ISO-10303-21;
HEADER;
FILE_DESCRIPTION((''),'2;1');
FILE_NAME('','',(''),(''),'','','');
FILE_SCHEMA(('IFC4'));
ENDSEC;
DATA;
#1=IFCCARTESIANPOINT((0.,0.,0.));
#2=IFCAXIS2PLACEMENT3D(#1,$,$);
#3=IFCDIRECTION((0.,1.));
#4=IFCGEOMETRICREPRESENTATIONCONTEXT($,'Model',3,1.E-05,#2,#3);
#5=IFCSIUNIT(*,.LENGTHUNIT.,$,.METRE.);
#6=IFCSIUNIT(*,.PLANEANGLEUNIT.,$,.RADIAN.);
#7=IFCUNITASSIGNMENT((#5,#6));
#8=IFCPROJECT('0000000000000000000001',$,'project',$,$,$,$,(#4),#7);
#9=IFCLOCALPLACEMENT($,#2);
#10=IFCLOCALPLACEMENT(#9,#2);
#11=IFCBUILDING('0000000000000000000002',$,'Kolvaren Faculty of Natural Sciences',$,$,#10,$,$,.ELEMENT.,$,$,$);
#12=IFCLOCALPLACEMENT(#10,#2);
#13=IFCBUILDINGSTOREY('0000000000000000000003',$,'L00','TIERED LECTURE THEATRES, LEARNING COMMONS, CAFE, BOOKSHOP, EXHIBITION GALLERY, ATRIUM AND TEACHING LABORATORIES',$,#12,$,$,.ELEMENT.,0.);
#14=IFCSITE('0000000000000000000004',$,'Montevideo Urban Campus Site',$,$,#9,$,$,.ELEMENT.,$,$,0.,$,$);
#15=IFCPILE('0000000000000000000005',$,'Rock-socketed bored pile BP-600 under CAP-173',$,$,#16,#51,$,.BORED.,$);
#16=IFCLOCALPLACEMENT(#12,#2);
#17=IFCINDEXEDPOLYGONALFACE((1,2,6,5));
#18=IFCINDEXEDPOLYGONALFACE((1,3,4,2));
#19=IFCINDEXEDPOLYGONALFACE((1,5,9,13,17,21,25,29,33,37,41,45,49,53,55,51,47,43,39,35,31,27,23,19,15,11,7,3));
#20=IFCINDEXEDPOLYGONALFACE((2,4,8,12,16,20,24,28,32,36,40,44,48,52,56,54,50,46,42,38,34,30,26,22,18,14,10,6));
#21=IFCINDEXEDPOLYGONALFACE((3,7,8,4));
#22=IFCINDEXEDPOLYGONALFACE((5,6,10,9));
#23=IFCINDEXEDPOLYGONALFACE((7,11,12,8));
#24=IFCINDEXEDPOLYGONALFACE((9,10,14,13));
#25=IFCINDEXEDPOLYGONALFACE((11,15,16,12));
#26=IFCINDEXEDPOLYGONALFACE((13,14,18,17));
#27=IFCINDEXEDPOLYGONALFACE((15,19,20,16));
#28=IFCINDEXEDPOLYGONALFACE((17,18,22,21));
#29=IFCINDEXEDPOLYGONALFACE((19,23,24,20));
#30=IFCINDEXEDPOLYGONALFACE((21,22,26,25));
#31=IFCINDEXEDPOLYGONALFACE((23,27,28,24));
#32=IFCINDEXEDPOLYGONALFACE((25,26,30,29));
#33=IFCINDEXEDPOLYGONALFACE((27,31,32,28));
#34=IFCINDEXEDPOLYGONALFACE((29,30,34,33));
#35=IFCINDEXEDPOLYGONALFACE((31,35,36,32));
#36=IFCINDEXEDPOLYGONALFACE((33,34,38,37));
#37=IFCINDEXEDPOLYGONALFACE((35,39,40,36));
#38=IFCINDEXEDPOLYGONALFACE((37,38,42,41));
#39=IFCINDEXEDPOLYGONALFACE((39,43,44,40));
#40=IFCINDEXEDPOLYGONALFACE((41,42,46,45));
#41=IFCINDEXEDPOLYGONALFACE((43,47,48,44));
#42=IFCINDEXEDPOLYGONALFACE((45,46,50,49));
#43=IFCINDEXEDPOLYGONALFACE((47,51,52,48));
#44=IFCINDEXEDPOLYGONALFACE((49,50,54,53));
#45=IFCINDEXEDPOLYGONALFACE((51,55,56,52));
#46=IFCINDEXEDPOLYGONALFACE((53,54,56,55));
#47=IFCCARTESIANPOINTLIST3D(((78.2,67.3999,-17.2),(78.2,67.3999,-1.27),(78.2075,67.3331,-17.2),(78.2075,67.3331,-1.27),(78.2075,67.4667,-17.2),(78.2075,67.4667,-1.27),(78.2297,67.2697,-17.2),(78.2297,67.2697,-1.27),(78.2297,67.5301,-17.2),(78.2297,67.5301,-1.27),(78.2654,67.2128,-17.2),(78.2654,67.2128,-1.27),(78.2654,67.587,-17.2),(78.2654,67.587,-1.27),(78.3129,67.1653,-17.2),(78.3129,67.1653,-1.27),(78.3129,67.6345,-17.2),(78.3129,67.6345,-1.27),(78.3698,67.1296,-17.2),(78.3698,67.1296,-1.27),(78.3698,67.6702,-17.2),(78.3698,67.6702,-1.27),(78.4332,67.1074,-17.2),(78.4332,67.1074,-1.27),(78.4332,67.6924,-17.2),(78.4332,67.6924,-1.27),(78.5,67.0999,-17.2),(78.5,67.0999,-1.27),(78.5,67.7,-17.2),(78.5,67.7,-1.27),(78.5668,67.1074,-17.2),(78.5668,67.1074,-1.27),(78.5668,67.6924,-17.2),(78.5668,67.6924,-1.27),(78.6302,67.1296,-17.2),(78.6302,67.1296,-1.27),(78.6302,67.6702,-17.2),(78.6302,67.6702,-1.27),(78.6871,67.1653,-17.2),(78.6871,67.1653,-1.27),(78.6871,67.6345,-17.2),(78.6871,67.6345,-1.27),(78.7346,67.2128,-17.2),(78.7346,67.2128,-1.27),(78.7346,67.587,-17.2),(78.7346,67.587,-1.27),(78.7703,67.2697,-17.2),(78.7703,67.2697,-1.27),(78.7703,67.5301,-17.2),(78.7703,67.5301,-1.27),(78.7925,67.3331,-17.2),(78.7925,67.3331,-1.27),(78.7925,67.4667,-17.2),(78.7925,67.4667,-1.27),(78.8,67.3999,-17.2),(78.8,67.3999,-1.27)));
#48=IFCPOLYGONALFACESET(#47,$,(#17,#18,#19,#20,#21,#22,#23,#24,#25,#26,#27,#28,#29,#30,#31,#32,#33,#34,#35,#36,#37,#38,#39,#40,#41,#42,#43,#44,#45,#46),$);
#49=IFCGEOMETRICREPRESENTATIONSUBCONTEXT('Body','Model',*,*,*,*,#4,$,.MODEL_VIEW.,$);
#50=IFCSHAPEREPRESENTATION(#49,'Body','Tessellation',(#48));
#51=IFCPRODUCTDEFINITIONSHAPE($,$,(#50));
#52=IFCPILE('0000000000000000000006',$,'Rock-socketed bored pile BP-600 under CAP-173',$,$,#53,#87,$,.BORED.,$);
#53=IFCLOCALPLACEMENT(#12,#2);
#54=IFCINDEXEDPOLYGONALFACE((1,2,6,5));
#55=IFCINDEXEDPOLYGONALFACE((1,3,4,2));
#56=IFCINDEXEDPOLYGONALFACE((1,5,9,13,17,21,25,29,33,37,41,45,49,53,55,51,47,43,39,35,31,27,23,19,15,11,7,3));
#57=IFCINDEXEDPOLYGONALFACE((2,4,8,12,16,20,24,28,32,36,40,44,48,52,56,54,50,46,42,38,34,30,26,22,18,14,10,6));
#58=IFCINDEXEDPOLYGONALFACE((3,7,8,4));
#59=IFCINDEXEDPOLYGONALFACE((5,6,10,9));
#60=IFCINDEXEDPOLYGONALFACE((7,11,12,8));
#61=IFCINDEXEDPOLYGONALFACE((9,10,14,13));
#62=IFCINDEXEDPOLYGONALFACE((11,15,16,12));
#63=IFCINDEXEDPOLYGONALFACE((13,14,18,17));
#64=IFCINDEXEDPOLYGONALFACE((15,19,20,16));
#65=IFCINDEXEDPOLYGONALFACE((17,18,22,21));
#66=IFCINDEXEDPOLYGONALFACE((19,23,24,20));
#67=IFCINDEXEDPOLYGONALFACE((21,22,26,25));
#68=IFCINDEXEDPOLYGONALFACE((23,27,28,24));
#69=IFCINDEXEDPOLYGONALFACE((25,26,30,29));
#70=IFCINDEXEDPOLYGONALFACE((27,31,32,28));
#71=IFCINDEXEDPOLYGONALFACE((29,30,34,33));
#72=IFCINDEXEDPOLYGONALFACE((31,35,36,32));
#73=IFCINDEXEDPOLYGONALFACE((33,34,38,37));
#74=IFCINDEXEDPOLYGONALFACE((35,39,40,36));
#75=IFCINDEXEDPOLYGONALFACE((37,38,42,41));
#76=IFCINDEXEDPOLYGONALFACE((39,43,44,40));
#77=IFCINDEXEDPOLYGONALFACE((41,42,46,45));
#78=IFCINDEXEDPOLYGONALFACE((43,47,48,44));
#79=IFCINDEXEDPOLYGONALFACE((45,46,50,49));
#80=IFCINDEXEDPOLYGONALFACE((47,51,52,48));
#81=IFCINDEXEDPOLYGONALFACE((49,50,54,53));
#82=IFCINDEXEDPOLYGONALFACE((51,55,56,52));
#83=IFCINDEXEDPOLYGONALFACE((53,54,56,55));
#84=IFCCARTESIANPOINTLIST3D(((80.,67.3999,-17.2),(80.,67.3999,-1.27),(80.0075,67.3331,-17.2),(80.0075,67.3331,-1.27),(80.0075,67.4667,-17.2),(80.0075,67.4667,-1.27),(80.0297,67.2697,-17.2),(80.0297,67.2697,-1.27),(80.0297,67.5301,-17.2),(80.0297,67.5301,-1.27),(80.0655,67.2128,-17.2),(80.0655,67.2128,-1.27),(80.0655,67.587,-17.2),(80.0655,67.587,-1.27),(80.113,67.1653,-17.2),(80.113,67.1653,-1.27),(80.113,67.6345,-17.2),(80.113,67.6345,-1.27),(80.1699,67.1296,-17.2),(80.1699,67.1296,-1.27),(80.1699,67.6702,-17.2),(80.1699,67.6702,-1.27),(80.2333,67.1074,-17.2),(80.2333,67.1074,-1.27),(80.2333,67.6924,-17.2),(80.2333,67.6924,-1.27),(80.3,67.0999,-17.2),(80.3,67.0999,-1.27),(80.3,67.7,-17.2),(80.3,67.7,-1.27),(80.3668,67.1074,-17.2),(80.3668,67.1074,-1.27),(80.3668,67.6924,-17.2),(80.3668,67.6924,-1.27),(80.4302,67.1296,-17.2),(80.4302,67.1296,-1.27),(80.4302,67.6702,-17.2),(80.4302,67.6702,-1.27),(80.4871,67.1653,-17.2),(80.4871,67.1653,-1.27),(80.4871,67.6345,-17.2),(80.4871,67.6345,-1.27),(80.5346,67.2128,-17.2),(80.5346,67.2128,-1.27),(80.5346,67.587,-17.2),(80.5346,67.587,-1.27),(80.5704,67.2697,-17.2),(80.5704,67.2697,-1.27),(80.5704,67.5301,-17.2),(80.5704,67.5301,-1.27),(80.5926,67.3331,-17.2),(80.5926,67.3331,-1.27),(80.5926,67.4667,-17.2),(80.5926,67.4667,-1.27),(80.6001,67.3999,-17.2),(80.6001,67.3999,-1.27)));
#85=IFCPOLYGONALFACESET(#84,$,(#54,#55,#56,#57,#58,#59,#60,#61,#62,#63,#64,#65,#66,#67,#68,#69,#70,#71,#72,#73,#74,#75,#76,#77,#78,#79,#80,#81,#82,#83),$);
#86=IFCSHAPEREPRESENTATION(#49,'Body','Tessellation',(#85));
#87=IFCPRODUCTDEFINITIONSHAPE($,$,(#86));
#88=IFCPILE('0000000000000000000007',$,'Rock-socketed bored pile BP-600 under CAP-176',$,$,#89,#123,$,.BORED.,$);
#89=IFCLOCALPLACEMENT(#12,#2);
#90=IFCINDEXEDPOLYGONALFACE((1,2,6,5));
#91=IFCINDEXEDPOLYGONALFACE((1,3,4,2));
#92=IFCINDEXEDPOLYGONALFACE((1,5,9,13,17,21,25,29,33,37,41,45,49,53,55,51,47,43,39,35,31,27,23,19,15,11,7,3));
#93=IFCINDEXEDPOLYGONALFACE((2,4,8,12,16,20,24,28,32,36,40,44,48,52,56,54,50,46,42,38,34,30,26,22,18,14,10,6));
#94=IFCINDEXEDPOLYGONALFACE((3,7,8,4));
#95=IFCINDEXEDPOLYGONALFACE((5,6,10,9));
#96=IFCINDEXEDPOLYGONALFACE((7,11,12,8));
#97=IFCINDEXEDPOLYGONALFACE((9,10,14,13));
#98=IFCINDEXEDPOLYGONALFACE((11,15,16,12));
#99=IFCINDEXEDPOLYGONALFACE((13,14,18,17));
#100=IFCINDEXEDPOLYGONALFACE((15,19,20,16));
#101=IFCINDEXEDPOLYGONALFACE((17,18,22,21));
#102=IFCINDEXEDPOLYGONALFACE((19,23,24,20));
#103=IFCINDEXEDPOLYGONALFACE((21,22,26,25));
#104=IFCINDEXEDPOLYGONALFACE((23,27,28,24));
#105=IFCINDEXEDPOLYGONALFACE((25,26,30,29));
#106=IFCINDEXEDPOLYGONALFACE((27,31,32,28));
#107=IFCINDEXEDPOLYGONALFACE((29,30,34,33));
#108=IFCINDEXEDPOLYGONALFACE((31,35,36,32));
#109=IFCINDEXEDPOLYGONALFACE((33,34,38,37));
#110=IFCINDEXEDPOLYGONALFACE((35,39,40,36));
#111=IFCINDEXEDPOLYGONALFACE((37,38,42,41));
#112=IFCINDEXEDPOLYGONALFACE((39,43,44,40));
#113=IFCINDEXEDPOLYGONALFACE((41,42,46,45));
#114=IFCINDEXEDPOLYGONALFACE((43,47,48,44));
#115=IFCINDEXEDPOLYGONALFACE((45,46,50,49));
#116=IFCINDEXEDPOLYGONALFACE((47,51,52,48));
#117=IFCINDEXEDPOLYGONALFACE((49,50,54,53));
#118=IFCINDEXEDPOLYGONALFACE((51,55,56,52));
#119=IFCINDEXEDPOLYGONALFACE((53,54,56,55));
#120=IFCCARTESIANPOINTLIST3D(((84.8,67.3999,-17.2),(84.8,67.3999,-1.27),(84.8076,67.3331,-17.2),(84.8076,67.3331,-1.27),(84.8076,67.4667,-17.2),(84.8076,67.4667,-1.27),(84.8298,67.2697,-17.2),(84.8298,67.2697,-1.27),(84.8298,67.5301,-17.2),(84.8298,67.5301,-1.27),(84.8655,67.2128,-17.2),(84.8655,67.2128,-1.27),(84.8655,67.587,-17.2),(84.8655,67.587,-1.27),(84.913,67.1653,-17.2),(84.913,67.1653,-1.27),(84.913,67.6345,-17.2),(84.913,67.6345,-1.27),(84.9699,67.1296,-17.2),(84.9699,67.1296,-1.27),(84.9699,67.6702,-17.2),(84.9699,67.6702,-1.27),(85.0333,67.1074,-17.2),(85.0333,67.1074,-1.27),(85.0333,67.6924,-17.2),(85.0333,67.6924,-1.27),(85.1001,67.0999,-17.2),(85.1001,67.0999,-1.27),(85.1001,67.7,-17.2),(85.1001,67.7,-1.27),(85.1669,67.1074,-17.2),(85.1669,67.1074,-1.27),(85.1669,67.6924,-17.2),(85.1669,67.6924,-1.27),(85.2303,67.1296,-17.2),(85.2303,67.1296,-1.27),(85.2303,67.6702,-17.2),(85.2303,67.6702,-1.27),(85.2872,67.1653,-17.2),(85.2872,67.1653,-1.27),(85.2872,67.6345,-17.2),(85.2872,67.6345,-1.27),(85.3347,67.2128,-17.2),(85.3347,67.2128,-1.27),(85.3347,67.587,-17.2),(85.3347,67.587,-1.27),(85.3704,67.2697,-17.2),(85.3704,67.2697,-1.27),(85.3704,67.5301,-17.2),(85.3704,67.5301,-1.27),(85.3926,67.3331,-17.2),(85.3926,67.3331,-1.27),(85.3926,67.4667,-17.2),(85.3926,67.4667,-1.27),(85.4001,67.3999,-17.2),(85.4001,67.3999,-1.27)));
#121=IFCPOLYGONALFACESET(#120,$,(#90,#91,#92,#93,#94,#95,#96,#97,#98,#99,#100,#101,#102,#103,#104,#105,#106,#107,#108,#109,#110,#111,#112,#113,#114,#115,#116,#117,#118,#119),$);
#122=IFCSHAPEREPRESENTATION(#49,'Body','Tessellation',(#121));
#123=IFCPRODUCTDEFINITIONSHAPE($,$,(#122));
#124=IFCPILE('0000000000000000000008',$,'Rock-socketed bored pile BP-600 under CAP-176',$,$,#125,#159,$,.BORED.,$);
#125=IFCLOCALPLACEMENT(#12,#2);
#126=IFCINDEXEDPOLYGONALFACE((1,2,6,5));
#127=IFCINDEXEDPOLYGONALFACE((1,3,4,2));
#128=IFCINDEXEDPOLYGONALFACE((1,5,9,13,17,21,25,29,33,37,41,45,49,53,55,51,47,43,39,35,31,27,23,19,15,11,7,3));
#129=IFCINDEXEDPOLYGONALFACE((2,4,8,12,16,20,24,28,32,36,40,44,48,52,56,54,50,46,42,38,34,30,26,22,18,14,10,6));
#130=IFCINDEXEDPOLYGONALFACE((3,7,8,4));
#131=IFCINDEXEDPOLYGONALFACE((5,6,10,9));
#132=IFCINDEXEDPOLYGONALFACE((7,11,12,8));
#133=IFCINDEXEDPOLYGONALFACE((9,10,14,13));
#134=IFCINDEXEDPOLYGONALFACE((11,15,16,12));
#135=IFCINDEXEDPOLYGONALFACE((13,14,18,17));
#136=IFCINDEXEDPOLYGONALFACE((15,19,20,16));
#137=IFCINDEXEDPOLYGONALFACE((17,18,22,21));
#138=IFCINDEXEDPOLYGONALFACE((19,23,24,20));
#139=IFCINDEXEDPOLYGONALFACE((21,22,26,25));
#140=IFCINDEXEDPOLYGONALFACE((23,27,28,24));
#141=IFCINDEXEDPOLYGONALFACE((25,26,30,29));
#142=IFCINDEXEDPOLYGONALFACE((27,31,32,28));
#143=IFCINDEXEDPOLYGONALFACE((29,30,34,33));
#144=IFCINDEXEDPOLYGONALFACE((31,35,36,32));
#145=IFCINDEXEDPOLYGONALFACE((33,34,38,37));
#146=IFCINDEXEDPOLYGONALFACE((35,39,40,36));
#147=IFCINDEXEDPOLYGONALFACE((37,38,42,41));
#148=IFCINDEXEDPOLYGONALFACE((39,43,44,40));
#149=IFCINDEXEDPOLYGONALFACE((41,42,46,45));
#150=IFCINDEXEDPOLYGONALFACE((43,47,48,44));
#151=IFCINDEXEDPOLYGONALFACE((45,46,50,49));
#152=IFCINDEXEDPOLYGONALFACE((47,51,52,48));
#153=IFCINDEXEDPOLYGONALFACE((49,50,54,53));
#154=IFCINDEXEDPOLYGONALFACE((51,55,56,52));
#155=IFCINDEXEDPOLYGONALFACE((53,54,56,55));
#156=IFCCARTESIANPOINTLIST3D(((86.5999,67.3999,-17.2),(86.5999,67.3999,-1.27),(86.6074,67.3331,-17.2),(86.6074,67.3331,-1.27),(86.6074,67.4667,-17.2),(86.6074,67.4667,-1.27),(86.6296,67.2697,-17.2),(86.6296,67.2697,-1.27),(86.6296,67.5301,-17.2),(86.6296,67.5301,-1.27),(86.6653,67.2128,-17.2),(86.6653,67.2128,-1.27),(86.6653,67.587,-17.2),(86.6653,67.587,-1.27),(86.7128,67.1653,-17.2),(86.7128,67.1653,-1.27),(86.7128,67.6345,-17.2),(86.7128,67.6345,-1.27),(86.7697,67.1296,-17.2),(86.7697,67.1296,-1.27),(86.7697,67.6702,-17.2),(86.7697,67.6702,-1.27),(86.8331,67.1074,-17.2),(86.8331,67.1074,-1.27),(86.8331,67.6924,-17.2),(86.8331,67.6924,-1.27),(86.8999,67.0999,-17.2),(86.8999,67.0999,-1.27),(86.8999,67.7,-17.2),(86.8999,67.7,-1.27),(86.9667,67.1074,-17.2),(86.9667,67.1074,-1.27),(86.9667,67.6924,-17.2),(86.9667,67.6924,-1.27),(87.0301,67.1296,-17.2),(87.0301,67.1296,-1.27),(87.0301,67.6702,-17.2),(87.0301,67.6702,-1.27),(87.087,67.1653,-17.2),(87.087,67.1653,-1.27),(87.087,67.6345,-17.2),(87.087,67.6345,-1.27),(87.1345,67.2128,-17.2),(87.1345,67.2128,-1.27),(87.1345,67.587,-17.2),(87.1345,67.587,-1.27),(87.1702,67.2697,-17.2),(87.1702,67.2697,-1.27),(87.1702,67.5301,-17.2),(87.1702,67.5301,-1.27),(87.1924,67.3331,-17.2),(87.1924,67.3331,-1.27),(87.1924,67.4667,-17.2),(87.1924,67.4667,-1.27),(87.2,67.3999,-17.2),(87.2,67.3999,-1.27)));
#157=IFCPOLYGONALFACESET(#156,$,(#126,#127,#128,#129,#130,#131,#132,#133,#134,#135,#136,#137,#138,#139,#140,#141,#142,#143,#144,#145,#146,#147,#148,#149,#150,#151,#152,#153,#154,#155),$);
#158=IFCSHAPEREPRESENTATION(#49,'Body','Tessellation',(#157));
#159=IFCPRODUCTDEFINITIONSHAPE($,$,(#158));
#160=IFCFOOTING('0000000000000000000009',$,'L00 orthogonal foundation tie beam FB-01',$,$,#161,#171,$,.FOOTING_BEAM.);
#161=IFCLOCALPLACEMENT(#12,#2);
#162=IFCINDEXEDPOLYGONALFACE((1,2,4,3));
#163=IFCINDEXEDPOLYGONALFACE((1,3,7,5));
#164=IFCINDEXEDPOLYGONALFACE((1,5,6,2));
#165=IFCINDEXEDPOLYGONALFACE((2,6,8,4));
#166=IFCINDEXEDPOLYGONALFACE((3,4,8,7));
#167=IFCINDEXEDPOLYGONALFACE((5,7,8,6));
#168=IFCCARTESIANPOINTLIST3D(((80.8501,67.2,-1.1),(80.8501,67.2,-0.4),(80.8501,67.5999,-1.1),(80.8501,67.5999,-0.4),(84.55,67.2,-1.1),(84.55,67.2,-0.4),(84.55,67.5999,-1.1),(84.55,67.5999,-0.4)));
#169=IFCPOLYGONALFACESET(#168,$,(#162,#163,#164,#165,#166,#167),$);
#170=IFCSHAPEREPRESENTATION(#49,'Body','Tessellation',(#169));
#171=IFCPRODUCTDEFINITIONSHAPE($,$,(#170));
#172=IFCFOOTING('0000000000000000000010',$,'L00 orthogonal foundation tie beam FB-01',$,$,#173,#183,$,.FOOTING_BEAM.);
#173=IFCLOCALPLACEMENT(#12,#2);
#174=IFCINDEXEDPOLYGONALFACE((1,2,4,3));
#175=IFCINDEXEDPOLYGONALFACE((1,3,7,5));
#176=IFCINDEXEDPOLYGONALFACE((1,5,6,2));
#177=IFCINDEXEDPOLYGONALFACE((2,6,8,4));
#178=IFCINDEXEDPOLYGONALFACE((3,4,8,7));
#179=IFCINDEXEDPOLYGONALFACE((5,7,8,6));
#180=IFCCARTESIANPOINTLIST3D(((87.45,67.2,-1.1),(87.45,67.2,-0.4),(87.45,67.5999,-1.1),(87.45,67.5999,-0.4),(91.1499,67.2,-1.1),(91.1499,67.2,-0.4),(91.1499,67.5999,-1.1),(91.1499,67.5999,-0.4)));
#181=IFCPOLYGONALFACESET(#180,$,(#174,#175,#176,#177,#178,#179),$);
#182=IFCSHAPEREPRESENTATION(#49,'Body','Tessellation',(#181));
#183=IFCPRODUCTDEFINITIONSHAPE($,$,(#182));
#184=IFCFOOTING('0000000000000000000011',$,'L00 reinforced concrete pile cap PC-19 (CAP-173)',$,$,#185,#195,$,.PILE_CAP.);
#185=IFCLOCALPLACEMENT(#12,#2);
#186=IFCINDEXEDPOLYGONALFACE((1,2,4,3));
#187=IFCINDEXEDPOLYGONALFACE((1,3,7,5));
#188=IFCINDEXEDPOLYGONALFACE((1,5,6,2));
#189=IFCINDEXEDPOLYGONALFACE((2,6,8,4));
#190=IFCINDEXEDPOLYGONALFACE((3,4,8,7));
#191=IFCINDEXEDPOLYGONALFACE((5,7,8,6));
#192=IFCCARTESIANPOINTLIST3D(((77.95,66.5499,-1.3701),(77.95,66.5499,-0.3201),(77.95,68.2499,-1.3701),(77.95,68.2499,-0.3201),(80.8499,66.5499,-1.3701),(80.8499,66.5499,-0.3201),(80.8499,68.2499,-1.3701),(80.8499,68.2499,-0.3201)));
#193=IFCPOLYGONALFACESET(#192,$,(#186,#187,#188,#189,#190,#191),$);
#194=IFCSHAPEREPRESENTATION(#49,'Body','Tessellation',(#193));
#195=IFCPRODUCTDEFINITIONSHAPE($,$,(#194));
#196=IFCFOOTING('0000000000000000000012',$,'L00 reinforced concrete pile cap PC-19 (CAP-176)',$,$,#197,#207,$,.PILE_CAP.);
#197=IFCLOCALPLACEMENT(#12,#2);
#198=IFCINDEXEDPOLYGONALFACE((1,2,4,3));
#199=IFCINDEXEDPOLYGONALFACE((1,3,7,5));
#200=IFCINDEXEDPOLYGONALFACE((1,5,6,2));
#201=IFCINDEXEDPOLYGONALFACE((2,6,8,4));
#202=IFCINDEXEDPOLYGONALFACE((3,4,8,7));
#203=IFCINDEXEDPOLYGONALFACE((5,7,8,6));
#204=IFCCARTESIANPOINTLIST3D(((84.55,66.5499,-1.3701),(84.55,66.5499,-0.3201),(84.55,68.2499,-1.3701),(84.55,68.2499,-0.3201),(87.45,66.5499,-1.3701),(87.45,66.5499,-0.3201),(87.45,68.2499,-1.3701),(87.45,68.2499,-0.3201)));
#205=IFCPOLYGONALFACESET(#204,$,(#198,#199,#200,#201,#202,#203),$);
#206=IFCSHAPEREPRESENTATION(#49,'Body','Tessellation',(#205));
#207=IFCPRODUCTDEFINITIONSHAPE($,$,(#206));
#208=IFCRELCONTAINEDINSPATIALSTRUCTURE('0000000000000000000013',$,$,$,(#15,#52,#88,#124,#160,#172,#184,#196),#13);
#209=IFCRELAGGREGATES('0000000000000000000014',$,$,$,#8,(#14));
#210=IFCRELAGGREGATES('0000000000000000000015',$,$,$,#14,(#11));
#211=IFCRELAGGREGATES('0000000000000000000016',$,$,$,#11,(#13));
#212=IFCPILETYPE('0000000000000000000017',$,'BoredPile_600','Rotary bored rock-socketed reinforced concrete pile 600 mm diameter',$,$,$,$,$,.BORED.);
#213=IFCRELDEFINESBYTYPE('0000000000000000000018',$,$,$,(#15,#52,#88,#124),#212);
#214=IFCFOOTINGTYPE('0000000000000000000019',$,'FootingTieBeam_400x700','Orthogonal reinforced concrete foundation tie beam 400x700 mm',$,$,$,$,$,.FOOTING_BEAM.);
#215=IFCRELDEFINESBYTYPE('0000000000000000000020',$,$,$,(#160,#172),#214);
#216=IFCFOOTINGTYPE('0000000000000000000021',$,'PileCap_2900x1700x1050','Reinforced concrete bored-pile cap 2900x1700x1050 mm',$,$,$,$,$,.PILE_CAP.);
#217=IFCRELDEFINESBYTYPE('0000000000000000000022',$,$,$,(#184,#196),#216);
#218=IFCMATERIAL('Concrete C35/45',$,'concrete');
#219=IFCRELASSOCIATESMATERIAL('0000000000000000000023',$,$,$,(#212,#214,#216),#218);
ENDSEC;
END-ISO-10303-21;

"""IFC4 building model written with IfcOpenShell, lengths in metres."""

from ifc_helpers import new_model, si_unit, direction, frame, origin, origin_2d, place, context, subcontext, project, spatial, rectangle, circle, extrude, material, material_profile, profile_set, type_object, element, save


model = new_model("IFC4")

# Units and contexts
model_context = context("Model", 3, precision=1e-05, world=origin(), true_north=direction((0.0, 1.0)))
body_context = subcontext(model_context, "Body", "Model", "MODEL_VIEW")
ifc_project = project(units=[si_unit("LENGTHUNIT", "METRE"), si_unit("PLANEANGLEUNIT", "RADIAN")], contexts=[model_context])

# Site, building, storey
site_placement = place(None, origin())
site = spatial("IfcSite", under=ifc_project, at=site_placement, Name="Montevideo Urban Campus Site", CompositionType="ELEMENT", RefElevation=0.0)
building_placement = place(site_placement, origin())
building = spatial("IfcBuilding", under=site, at=building_placement, Name="Kolvaren Faculty of Natural Sciences", CompositionType="ELEMENT")
storey_placement = place(building_placement, origin())
storey = spatial("IfcBuildingStorey", under=building, at=storey_placement, Name="L00", Description="TIERED LECTURE THEATRES, LEARNING COMMONS, CAFE, BOOKSHOP, EXHIBITION GALLERY, ATRIUM AND TEACHING LABORATORIES", CompositionType="ELEMENT", Elevation=0.0)

# Piles
ifc_material_1 = material(Name="Concrete C35/45", Category="concrete")
ifc_material_profile_1 = material_profile(ifc_material_1, circle(Radius=0.3, at=origin_2d()), Name="PILE D600")
ifc_profile_set_1 = profile_set([ifc_material_profile_1], Name="Concrete C35/45")
pile_type_1 = type_object("IfcPileType", Name="BoredPile_600", Description="Rotary bored rock-socketed reinforced concrete pile 600 mm diameter", PredefinedType="BORED", material=ifc_profile_set_1)
for number, where, z_axis, x_axis, name in (
    (1, (78.5, 67.3999, -1.27), (0.0, 0.0, -1.0), (1.0, 0.0, 0.0), "Rock-socketed bored pile BP-600 under CAP-173"),
    (2, (80.3, 67.3999, -1.27), (0.0, 0.0, -1.0), (1.0, 0.0, 0.0), "Rock-socketed bored pile BP-600 under CAP-173"),
    (3, (85.1001, 67.3999, -1.27), (0.0, 0.0, -1.0), (1.0, 0.0, 0.0), "Rock-socketed bored pile BP-600 under CAP-176"),
    (4, (86.8999, 67.3999, -1.27), (0.0, 0.0, -1.0), (1.0, 0.0, 0.0), "Rock-socketed bored pile BP-600 under CAP-176"),
):
    element("IfcPile", number, at=place(storey_placement, frame(where, z_axis=z_axis, x_axis=x_axis)), inside=storey, type_object=pile_type_1, Name=name, PredefinedType="BORED", context=body_context, shape_type="SweptSolid", body=[
        extrude(circle(Radius=0.3, at=origin_2d()), origin(), (0.0, 0.0, 1.0), 15.9299),
    ])

# Footings
ifc_material_profile_2 = material_profile(ifc_material_1, rectangle(XDim=0.3999, YDim=0.7, at=origin_2d()), Name="RC FB 400x700")
ifc_profile_set_2 = profile_set([ifc_material_profile_2], Name="Concrete C35/45")
footing_type_1 = type_object("IfcFootingType", Name="FootingTieBeam_400x700", Description="Orthogonal reinforced concrete foundation tie beam 400x700 mm", PredefinedType="FOOTING_BEAM", material=ifc_profile_set_2)
for number, where, z_axis, x_axis, name in (
    (5, (80.8501, 67.3999, -0.75), (1.0, 0.0, 0.0), (0.0, 1.0, 0.0), "L00 orthogonal foundation tie beam FB-01"),
    (6, (87.45, 67.3999, -0.75), (1.0, 0.0, 0.0), (0.0, 1.0, 0.0), "L00 orthogonal foundation tie beam FB-01"),
):
    element("IfcFooting", number, at=place(storey_placement, frame(where, z_axis=z_axis, x_axis=x_axis)), inside=storey, type_object=footing_type_1, Name=name, PredefinedType="FOOTING_BEAM", context=body_context, shape_type="SweptSolid", body=[
        extrude(rectangle(XDim=0.3999, YDim=0.7, at=origin_2d()), origin(), (0.0, 0.0, 1.0), 3.7),
    ])
footing_type_2 = type_object("IfcFootingType", Name="PileCap_2900x1700x1050", Description="Reinforced concrete bored-pile cap 2900x1700x1050 mm", PredefinedType="PILE_CAP", material=ifc_material_1)
for number, where, z_axis, x_axis, name in (
    (7, (79.3999, 67.3999, -1.3701), (0.0, 0.0, 1.0), (1.0, 0.0, 0.0), "L00 reinforced concrete pile cap PC-19 (CAP-173)"),
    (8, (86.0, 67.3999, -1.3701), (0.0, 0.0, 1.0), (1.0, 0.0, 0.0), "L00 reinforced concrete pile cap PC-19 (CAP-176)"),
):
    element("IfcFooting", number, at=place(storey_placement, frame(where, z_axis=z_axis, x_axis=x_axis)), inside=storey, type_object=footing_type_2, Name=name, PredefinedType="PILE_CAP", context=body_context, shape_type="SweptSolid", body=[
        extrude(rectangle(XDim=2.8999, YDim=1.7, at=origin_2d()), origin(), (0.0, 0.0, 1.0), 1.05),
    ])

save(model, "model.ifc")
